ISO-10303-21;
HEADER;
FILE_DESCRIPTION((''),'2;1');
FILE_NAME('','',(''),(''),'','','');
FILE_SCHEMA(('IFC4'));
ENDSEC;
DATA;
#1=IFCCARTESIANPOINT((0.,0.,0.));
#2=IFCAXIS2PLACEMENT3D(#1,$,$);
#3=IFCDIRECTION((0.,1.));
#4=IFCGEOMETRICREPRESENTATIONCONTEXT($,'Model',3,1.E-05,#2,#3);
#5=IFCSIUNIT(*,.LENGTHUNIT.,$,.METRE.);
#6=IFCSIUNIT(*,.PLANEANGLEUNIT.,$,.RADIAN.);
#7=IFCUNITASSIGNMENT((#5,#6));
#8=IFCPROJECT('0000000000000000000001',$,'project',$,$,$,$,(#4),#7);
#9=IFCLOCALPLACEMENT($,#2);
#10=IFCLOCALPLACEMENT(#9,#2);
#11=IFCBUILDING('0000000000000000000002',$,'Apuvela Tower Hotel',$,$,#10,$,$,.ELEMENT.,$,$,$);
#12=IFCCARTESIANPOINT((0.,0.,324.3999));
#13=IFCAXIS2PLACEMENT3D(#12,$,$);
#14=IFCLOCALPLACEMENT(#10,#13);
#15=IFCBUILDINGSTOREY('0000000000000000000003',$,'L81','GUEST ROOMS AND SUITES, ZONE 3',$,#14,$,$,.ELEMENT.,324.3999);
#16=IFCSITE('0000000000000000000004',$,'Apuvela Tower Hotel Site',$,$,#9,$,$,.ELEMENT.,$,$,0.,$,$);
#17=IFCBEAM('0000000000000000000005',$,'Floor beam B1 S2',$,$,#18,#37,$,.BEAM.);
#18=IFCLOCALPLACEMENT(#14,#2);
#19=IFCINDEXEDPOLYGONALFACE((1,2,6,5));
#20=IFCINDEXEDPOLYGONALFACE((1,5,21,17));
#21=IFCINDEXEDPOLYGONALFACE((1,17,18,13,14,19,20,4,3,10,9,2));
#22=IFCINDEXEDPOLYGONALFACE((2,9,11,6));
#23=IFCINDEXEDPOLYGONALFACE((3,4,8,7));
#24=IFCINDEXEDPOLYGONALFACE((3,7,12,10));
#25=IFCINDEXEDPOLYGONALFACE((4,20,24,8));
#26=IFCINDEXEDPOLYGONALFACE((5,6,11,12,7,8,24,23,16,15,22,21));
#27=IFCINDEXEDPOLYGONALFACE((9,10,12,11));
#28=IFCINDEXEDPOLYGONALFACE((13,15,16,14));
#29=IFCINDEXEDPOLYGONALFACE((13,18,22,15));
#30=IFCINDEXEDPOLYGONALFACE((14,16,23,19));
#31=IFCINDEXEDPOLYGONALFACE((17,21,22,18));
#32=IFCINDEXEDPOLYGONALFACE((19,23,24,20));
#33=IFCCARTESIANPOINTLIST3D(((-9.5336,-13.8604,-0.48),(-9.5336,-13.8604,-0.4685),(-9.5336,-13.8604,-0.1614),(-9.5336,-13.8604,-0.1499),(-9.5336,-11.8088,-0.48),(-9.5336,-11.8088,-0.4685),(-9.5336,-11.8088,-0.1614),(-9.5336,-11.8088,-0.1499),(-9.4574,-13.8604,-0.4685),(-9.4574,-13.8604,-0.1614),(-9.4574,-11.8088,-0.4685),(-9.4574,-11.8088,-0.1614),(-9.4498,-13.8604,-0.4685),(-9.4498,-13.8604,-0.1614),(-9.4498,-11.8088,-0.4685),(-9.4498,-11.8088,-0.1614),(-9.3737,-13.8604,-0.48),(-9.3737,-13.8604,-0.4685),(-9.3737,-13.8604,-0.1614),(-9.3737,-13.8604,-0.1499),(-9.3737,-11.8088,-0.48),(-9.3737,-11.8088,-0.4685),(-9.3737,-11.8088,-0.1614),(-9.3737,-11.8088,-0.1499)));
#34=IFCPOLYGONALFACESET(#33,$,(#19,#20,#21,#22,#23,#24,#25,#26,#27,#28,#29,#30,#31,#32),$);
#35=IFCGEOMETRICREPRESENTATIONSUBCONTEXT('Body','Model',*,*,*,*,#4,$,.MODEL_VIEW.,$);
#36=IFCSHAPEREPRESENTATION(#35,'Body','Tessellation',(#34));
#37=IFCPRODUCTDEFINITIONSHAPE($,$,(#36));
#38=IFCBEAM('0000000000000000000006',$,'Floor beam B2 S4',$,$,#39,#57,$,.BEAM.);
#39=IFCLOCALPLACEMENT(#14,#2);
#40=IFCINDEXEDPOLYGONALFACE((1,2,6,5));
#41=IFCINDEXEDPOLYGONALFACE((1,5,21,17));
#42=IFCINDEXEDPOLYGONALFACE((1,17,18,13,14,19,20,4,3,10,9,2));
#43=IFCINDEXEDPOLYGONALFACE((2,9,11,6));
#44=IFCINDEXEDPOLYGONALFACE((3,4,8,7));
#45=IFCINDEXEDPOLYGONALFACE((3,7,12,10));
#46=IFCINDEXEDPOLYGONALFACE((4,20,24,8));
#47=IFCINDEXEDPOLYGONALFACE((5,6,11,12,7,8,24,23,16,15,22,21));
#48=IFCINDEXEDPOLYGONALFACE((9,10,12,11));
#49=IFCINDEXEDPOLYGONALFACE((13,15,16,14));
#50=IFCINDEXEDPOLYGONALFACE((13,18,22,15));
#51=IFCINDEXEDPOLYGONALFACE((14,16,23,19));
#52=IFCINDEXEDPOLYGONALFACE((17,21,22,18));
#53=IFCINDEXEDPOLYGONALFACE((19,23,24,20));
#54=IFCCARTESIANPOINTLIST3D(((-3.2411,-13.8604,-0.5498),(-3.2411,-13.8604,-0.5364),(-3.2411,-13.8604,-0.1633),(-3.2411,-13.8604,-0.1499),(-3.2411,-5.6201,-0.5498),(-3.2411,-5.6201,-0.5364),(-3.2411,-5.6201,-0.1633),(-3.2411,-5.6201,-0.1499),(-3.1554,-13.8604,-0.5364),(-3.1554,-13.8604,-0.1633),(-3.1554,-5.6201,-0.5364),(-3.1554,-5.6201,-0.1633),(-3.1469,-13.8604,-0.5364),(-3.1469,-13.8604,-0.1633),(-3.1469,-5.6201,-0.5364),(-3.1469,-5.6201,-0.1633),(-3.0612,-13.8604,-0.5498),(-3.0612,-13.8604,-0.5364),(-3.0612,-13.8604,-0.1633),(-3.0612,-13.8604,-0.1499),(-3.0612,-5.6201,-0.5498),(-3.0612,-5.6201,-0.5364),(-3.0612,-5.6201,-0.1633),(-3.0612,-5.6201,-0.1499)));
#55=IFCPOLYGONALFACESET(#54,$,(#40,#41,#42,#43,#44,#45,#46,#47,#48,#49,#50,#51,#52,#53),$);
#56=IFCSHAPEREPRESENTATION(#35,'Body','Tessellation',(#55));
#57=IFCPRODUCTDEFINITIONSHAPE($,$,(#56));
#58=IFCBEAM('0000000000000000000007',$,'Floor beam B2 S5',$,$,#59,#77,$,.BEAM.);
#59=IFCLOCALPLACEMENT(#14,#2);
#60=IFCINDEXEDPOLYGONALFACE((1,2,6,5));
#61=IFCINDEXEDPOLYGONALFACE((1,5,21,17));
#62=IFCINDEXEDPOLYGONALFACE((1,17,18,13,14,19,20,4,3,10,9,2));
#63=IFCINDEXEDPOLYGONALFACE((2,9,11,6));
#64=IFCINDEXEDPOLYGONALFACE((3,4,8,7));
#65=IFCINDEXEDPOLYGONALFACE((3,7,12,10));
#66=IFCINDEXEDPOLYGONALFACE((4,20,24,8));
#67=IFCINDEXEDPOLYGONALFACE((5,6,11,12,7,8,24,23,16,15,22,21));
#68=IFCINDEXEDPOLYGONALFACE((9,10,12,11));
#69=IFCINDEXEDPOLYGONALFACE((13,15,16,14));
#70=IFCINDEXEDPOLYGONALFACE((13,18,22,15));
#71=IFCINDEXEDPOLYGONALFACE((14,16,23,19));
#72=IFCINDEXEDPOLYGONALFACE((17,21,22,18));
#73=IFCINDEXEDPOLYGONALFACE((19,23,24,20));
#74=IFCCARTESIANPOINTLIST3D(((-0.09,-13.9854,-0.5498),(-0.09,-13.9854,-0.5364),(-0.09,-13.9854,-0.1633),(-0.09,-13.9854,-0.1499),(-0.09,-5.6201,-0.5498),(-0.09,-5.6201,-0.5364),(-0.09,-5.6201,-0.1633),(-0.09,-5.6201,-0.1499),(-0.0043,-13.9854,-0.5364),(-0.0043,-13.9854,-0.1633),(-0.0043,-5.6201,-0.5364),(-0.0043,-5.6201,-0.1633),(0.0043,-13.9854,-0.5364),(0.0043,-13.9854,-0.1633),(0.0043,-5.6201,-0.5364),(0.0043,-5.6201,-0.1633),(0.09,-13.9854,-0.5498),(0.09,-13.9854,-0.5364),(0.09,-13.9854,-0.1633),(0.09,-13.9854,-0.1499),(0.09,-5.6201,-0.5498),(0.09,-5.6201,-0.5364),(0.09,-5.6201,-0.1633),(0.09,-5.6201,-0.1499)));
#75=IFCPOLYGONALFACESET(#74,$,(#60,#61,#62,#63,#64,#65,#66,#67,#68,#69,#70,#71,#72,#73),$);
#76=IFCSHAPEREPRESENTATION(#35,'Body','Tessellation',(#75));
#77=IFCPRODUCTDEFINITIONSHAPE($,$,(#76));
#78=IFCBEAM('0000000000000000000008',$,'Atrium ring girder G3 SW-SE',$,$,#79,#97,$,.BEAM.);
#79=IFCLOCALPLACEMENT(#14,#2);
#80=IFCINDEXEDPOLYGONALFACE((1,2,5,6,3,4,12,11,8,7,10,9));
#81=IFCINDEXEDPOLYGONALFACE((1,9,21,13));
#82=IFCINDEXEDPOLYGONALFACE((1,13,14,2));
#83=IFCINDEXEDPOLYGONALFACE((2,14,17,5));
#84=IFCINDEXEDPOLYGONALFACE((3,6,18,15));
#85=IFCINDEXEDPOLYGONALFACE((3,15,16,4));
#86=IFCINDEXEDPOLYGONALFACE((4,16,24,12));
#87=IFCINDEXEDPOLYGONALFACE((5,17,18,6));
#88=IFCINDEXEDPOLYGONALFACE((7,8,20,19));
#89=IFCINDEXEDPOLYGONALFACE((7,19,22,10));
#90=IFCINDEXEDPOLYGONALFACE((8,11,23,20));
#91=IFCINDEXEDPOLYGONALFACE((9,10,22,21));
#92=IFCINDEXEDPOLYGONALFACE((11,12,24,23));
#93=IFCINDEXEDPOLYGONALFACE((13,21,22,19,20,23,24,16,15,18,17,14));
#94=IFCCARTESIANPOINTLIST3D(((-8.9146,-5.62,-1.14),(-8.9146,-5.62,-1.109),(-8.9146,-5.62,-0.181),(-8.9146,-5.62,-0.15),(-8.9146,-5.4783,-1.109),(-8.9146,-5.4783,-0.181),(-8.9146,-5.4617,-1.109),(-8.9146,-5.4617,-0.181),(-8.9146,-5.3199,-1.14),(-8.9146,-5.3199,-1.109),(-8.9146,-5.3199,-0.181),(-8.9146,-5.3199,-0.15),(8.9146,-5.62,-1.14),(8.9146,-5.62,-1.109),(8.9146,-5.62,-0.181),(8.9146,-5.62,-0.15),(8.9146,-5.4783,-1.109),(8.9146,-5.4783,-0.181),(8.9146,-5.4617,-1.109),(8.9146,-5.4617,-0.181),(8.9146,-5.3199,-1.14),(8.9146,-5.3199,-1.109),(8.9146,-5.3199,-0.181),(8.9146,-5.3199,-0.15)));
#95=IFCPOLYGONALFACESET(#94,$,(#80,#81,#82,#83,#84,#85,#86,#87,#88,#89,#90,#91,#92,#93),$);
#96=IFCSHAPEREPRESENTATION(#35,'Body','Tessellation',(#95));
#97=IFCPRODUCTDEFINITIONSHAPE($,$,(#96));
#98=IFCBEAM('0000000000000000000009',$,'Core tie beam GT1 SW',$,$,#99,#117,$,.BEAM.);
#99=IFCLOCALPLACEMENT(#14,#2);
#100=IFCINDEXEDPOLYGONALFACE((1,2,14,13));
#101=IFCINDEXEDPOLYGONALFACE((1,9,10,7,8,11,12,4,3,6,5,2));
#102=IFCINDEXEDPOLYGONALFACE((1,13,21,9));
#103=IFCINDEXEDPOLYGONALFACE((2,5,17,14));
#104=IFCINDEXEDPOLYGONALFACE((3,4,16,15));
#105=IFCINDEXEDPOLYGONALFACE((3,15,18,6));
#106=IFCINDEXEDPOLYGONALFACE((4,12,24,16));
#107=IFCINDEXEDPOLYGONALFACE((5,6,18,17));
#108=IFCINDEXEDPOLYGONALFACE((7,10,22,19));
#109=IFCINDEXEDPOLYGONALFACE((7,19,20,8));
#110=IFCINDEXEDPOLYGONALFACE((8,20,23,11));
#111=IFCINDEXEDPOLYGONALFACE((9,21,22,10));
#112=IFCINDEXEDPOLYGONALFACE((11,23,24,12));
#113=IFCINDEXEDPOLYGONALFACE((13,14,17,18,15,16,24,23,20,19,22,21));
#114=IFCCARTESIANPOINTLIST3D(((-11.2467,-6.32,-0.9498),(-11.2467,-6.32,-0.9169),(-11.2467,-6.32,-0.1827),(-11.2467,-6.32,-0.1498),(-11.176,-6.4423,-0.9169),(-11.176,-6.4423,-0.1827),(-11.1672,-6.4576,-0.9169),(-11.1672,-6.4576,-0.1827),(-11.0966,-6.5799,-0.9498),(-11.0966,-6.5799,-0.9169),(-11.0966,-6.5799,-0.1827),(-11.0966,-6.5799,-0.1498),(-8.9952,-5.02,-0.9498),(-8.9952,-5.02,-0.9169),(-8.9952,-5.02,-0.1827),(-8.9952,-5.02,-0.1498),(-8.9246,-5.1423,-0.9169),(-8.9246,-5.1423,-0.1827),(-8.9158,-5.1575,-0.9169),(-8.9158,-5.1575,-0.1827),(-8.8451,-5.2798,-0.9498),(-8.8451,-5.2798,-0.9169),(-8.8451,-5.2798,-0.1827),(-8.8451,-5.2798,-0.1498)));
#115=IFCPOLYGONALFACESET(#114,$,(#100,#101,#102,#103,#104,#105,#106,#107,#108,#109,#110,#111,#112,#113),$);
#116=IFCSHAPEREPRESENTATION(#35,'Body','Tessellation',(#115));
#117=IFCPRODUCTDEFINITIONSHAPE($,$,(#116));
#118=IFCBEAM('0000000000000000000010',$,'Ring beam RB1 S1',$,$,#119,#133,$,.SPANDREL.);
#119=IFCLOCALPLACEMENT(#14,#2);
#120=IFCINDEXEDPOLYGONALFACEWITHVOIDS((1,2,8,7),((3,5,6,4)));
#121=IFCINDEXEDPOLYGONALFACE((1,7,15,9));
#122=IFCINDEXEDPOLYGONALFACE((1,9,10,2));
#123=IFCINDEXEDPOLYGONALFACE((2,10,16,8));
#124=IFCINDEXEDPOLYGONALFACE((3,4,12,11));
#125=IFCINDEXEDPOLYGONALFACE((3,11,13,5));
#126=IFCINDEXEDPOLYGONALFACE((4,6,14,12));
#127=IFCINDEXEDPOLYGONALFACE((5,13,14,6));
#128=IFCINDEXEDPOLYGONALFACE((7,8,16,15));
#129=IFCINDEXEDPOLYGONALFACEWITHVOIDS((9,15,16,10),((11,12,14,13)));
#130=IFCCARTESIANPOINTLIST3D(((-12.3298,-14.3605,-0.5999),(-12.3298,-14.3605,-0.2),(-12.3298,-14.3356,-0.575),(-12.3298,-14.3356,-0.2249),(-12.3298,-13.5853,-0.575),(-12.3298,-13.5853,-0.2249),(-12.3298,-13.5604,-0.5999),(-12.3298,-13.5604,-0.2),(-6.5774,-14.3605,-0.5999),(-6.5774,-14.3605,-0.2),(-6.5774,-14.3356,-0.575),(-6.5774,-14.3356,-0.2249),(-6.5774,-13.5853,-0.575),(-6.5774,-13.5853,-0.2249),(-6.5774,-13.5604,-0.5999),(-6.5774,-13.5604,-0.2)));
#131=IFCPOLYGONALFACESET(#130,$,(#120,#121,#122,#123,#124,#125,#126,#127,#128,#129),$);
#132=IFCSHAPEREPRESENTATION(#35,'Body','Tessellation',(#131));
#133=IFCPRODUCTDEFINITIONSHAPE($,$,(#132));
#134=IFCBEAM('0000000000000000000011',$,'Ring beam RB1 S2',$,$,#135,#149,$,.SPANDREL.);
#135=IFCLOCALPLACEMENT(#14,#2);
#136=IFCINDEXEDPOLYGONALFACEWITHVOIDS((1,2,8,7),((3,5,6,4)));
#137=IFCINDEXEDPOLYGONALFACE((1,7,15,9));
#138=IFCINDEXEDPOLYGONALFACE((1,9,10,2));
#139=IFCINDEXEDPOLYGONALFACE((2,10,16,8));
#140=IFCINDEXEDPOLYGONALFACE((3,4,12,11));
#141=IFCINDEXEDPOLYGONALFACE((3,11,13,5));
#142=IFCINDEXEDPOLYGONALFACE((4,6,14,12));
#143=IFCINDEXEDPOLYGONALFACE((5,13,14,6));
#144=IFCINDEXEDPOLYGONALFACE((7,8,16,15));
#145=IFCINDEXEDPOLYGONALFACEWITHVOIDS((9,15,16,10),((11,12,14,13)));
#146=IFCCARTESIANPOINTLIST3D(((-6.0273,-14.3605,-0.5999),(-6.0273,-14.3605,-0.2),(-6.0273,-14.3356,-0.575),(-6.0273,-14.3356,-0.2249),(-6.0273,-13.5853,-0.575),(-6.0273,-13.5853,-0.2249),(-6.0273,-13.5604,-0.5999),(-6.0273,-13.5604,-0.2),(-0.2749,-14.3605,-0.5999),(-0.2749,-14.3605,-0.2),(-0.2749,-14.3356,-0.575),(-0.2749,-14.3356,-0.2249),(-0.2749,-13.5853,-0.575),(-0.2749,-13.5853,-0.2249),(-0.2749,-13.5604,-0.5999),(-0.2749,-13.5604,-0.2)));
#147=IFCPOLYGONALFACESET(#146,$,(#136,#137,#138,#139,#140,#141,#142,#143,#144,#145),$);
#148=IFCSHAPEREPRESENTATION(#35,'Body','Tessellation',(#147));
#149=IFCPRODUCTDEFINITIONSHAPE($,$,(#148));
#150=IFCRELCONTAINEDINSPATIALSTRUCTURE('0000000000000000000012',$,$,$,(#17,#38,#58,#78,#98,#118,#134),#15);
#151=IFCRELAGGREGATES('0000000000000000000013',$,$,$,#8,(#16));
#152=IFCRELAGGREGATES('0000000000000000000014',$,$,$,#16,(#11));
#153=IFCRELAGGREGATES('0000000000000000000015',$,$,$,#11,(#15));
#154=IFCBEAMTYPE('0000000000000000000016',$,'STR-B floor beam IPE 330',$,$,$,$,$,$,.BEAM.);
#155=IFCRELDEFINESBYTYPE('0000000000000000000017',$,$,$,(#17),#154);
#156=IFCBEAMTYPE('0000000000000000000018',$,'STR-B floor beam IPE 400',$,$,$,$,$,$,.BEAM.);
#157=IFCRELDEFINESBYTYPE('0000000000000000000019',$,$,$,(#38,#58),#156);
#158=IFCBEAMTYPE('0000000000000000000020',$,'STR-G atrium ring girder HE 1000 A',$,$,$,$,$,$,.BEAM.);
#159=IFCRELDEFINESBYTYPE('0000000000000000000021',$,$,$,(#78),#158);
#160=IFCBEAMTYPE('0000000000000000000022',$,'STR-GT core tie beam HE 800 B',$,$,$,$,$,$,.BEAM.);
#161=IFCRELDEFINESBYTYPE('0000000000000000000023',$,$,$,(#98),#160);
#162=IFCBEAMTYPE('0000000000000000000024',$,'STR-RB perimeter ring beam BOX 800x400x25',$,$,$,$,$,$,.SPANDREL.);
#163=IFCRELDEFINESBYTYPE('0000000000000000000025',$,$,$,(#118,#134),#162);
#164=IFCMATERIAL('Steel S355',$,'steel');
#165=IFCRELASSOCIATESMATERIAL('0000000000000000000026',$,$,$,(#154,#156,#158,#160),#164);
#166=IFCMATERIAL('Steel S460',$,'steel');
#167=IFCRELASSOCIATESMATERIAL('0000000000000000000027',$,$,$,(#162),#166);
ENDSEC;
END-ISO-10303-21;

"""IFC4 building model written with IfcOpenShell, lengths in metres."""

from ifc_helpers import new_model, si_unit, direction, frame, origin, origin_2d, place, context, subcontext, project, spatial, hollow_rectangle, i_section, extrude, material, material_profile, profile_set, type_object, element, save


model = new_model("IFC4")

# Units and contexts
model_context = context("Model", 3, precision=1e-05, world=origin(), true_north=direction((0.0, 1.0)))
body_context = subcontext(model_context, "Body", "Model", "MODEL_VIEW")
ifc_project = project(units=[si_unit("LENGTHUNIT", "METRE"), si_unit("PLANEANGLEUNIT", "RADIAN")], contexts=[model_context])

# Site, building, storey
site_placement = place(None, origin())
site = spatial("IfcSite", under=ifc_project, at=site_placement, Name="Apuvela Tower Hotel Site", CompositionType="ELEMENT", RefElevation=0.0)
building_placement = place(site_placement, origin())
building = spatial("IfcBuilding", under=site, at=building_placement, Name="Apuvela Tower Hotel", CompositionType="ELEMENT")
storey_placement = place(building_placement, frame((0.0, 0.0, 324.3999)))
storey = spatial("IfcBuildingStorey", under=building, at=storey_placement, Name="L81", Description="GUEST ROOMS AND SUITES, ZONE 3", CompositionType="ELEMENT", Elevation=324.3999)

# Beams
ifc_material_1 = material(Name="Steel S355", Category="steel")
ifc_material_profile_1 = material_profile(ifc_material_1, i_section(OverallWidth=0.1599, OverallDepth=0.3301, WebThickness=0.0076, FlangeThickness=0.0115, at=origin_2d()), Name="IPE 330")
ifc_profile_set_1 = profile_set([ifc_material_profile_1], Name="Steel S355")
beam_type_1 = type_object("IfcBeamType", Name="STR-B floor beam IPE 330", PredefinedType="BEAM", material=ifc_profile_set_1)
beam_1_placement = place(storey_placement, frame((-9.4536, -13.8604, -0.3149), z_axis=(0.0, 1.0, 0.0), x_axis=(-1.0, 0.0, 0.0)))
element("IfcBeam", 1, at=beam_1_placement, inside=storey, type_object=beam_type_1, Name="Floor beam B1 S2", PredefinedType="BEAM", context=body_context, shape_type="SweptSolid", body=[
    extrude(i_section(OverallWidth=0.1599, OverallDepth=0.3301, WebThickness=0.0076, FlangeThickness=0.0115, at=origin_2d()), origin(), (0.0, 0.0, 1.0), 2.0515),
])
ifc_material_profile_2 = material_profile(ifc_material_1, i_section(OverallWidth=0.1799, OverallDepth=0.3999, WebThickness=0.0085, FlangeThickness=0.0134, at=origin_2d()), Name="IPE 400")
ifc_profile_set_2 = profile_set([ifc_material_profile_2], Name="Steel S355")
beam_type_2 = type_object("IfcBeamType", Name="STR-B floor beam IPE 400", PredefinedType="BEAM", material=ifc_profile_set_2)
beam_2_placement = place(storey_placement, frame((-3.1511, -13.8604, -0.3499), z_axis=(0.0, 1.0, 0.0), x_axis=(-1.0, 0.0, 0.0)))
element("IfcBeam", 2, at=beam_2_placement, inside=storey, type_object=beam_type_2, Name="Floor beam B2 S4", PredefinedType="BEAM", context=body_context, shape_type="SweptSolid", body=[
    extrude(i_section(OverallWidth=0.1799, OverallDepth=0.3999, WebThickness=0.0085, FlangeThickness=0.0134, at=origin_2d()), origin(), (0.0, 0.0, 1.0), 8.2402),
])
beam_3_placement = place(storey_placement, frame((0.0, -13.9854, -0.3499), z_axis=(0.0, 1.0, 0.0), x_axis=(-1.0, 0.0, 0.0)))
element("IfcBeam", 3, at=beam_3_placement, inside=storey, type_object=beam_type_2, Name="Floor beam B2 S5", PredefinedType="BEAM", context=body_context, shape_type="SweptSolid", body=[
    extrude(i_section(OverallWidth=0.1799, OverallDepth=0.3999, WebThickness=0.0085, FlangeThickness=0.0134, at=origin_2d()), origin(), (0.0, 0.0, 1.0), 8.3652),
])
ifc_material_profile_3 = material_profile(ifc_material_1, i_section(OverallWidth=0.3, OverallDepth=0.99, WebThickness=0.0166, FlangeThickness=0.031, at=origin_2d()), Name="HE 1000 A")
ifc_profile_set_3 = profile_set([ifc_material_profile_3], Name="Steel S355")
beam_type_3 = type_object("IfcBeamType", Name="STR-G atrium ring girder HE 1000 A", PredefinedType="BEAM", material=ifc_profile_set_3)
beam_4_placement = place(storey_placement, frame((-8.9146, -5.47, -0.645), z_axis=(1.0, 0.0, 0.0), x_axis=(0.0, 1.0, 0.0)))
element("IfcBeam", 4, at=beam_4_placement, inside=storey, type_object=beam_type_3, Name="Atrium ring girder G3 SW-SE", PredefinedType="BEAM", context=body_context, shape_type="SweptSolid", body=[
    extrude(i_section(OverallWidth=0.3, OverallDepth=0.99, WebThickness=0.0166, FlangeThickness=0.031, at=origin_2d()), origin(), (0.0, 0.0, 1.0), 17.8291),
])
ifc_material_profile_4 = material_profile(ifc_material_1, i_section(OverallWidth=0.3, OverallDepth=0.8, WebThickness=0.0176, FlangeThickness=0.033, at=origin_2d()), Name="HE 800 B")
ifc_profile_set_4 = profile_set([ifc_material_profile_4], Name="Steel S355")
beam_type_4 = type_object("IfcBeamType", Name="STR-GT core tie beam HE 800 B", PredefinedType="BEAM", material=ifc_profile_set_4)
beam_5_placement = place(storey_placement, frame((-11.1716, -6.45, -0.5498), z_axis=(0.865998, 0.500048, 0.0), x_axis=(-0.500048, 0.865998, 0.0)))
element("IfcBeam", 5, at=beam_5_placement, inside=storey, type_object=beam_type_4, Name="Core tie beam GT1 SW", PredefinedType="BEAM", context=body_context, shape_type="SweptSolid", body=[
    extrude(i_section(OverallWidth=0.3, OverallDepth=0.8, WebThickness=0.0176, FlangeThickness=0.033, at=origin_2d()), origin(), (0.0, 0.0, 1.0), 2.5999),
])
ifc_material_2 = material(Name="Steel S460", Category="steel")
ifc_material_profile_5 = material_profile(ifc_material_2, hollow_rectangle(XDim=0.8, YDim=0.3999, WallThickness=0.0249, at=origin_2d()), Name="BOX 800x400x25")
ifc_profile_set_5 = profile_set([ifc_material_profile_5], Name="Steel S460")
beam_type_5 = type_object("IfcBeamType", Name="STR-RB perimeter ring beam BOX 800x400x25", PredefinedType="SPANDREL", material=ifc_profile_set_5)
for number, where, z_axis, x_axis, name in (
    (6, (-12.3298, -13.9604, -0.3999), (1.0, 0.0, 0.0), (0.0, 1.0, 0.0), "Ring beam RB1 S1"),
    (7, (-6.0273, -13.9604, -0.3999), (1.0, 0.0, 0.0), (0.0, 1.0, 0.0), "Ring beam RB1 S2"),
):
    element("IfcBeam", number, at=place(storey_placement, frame(where, z_axis=z_axis, x_axis=x_axis)), inside=storey, type_object=beam_type_5, Name=name, PredefinedType="SPANDREL", context=body_context, shape_type="SweptSolid", body=[
        extrude(hollow_rectangle(XDim=0.8, YDim=0.3999, WallThickness=0.0249, at=origin_2d()), origin(), (0.0, 0.0, 1.0), 5.7524),
    ])

save(model, "model.ifc")
